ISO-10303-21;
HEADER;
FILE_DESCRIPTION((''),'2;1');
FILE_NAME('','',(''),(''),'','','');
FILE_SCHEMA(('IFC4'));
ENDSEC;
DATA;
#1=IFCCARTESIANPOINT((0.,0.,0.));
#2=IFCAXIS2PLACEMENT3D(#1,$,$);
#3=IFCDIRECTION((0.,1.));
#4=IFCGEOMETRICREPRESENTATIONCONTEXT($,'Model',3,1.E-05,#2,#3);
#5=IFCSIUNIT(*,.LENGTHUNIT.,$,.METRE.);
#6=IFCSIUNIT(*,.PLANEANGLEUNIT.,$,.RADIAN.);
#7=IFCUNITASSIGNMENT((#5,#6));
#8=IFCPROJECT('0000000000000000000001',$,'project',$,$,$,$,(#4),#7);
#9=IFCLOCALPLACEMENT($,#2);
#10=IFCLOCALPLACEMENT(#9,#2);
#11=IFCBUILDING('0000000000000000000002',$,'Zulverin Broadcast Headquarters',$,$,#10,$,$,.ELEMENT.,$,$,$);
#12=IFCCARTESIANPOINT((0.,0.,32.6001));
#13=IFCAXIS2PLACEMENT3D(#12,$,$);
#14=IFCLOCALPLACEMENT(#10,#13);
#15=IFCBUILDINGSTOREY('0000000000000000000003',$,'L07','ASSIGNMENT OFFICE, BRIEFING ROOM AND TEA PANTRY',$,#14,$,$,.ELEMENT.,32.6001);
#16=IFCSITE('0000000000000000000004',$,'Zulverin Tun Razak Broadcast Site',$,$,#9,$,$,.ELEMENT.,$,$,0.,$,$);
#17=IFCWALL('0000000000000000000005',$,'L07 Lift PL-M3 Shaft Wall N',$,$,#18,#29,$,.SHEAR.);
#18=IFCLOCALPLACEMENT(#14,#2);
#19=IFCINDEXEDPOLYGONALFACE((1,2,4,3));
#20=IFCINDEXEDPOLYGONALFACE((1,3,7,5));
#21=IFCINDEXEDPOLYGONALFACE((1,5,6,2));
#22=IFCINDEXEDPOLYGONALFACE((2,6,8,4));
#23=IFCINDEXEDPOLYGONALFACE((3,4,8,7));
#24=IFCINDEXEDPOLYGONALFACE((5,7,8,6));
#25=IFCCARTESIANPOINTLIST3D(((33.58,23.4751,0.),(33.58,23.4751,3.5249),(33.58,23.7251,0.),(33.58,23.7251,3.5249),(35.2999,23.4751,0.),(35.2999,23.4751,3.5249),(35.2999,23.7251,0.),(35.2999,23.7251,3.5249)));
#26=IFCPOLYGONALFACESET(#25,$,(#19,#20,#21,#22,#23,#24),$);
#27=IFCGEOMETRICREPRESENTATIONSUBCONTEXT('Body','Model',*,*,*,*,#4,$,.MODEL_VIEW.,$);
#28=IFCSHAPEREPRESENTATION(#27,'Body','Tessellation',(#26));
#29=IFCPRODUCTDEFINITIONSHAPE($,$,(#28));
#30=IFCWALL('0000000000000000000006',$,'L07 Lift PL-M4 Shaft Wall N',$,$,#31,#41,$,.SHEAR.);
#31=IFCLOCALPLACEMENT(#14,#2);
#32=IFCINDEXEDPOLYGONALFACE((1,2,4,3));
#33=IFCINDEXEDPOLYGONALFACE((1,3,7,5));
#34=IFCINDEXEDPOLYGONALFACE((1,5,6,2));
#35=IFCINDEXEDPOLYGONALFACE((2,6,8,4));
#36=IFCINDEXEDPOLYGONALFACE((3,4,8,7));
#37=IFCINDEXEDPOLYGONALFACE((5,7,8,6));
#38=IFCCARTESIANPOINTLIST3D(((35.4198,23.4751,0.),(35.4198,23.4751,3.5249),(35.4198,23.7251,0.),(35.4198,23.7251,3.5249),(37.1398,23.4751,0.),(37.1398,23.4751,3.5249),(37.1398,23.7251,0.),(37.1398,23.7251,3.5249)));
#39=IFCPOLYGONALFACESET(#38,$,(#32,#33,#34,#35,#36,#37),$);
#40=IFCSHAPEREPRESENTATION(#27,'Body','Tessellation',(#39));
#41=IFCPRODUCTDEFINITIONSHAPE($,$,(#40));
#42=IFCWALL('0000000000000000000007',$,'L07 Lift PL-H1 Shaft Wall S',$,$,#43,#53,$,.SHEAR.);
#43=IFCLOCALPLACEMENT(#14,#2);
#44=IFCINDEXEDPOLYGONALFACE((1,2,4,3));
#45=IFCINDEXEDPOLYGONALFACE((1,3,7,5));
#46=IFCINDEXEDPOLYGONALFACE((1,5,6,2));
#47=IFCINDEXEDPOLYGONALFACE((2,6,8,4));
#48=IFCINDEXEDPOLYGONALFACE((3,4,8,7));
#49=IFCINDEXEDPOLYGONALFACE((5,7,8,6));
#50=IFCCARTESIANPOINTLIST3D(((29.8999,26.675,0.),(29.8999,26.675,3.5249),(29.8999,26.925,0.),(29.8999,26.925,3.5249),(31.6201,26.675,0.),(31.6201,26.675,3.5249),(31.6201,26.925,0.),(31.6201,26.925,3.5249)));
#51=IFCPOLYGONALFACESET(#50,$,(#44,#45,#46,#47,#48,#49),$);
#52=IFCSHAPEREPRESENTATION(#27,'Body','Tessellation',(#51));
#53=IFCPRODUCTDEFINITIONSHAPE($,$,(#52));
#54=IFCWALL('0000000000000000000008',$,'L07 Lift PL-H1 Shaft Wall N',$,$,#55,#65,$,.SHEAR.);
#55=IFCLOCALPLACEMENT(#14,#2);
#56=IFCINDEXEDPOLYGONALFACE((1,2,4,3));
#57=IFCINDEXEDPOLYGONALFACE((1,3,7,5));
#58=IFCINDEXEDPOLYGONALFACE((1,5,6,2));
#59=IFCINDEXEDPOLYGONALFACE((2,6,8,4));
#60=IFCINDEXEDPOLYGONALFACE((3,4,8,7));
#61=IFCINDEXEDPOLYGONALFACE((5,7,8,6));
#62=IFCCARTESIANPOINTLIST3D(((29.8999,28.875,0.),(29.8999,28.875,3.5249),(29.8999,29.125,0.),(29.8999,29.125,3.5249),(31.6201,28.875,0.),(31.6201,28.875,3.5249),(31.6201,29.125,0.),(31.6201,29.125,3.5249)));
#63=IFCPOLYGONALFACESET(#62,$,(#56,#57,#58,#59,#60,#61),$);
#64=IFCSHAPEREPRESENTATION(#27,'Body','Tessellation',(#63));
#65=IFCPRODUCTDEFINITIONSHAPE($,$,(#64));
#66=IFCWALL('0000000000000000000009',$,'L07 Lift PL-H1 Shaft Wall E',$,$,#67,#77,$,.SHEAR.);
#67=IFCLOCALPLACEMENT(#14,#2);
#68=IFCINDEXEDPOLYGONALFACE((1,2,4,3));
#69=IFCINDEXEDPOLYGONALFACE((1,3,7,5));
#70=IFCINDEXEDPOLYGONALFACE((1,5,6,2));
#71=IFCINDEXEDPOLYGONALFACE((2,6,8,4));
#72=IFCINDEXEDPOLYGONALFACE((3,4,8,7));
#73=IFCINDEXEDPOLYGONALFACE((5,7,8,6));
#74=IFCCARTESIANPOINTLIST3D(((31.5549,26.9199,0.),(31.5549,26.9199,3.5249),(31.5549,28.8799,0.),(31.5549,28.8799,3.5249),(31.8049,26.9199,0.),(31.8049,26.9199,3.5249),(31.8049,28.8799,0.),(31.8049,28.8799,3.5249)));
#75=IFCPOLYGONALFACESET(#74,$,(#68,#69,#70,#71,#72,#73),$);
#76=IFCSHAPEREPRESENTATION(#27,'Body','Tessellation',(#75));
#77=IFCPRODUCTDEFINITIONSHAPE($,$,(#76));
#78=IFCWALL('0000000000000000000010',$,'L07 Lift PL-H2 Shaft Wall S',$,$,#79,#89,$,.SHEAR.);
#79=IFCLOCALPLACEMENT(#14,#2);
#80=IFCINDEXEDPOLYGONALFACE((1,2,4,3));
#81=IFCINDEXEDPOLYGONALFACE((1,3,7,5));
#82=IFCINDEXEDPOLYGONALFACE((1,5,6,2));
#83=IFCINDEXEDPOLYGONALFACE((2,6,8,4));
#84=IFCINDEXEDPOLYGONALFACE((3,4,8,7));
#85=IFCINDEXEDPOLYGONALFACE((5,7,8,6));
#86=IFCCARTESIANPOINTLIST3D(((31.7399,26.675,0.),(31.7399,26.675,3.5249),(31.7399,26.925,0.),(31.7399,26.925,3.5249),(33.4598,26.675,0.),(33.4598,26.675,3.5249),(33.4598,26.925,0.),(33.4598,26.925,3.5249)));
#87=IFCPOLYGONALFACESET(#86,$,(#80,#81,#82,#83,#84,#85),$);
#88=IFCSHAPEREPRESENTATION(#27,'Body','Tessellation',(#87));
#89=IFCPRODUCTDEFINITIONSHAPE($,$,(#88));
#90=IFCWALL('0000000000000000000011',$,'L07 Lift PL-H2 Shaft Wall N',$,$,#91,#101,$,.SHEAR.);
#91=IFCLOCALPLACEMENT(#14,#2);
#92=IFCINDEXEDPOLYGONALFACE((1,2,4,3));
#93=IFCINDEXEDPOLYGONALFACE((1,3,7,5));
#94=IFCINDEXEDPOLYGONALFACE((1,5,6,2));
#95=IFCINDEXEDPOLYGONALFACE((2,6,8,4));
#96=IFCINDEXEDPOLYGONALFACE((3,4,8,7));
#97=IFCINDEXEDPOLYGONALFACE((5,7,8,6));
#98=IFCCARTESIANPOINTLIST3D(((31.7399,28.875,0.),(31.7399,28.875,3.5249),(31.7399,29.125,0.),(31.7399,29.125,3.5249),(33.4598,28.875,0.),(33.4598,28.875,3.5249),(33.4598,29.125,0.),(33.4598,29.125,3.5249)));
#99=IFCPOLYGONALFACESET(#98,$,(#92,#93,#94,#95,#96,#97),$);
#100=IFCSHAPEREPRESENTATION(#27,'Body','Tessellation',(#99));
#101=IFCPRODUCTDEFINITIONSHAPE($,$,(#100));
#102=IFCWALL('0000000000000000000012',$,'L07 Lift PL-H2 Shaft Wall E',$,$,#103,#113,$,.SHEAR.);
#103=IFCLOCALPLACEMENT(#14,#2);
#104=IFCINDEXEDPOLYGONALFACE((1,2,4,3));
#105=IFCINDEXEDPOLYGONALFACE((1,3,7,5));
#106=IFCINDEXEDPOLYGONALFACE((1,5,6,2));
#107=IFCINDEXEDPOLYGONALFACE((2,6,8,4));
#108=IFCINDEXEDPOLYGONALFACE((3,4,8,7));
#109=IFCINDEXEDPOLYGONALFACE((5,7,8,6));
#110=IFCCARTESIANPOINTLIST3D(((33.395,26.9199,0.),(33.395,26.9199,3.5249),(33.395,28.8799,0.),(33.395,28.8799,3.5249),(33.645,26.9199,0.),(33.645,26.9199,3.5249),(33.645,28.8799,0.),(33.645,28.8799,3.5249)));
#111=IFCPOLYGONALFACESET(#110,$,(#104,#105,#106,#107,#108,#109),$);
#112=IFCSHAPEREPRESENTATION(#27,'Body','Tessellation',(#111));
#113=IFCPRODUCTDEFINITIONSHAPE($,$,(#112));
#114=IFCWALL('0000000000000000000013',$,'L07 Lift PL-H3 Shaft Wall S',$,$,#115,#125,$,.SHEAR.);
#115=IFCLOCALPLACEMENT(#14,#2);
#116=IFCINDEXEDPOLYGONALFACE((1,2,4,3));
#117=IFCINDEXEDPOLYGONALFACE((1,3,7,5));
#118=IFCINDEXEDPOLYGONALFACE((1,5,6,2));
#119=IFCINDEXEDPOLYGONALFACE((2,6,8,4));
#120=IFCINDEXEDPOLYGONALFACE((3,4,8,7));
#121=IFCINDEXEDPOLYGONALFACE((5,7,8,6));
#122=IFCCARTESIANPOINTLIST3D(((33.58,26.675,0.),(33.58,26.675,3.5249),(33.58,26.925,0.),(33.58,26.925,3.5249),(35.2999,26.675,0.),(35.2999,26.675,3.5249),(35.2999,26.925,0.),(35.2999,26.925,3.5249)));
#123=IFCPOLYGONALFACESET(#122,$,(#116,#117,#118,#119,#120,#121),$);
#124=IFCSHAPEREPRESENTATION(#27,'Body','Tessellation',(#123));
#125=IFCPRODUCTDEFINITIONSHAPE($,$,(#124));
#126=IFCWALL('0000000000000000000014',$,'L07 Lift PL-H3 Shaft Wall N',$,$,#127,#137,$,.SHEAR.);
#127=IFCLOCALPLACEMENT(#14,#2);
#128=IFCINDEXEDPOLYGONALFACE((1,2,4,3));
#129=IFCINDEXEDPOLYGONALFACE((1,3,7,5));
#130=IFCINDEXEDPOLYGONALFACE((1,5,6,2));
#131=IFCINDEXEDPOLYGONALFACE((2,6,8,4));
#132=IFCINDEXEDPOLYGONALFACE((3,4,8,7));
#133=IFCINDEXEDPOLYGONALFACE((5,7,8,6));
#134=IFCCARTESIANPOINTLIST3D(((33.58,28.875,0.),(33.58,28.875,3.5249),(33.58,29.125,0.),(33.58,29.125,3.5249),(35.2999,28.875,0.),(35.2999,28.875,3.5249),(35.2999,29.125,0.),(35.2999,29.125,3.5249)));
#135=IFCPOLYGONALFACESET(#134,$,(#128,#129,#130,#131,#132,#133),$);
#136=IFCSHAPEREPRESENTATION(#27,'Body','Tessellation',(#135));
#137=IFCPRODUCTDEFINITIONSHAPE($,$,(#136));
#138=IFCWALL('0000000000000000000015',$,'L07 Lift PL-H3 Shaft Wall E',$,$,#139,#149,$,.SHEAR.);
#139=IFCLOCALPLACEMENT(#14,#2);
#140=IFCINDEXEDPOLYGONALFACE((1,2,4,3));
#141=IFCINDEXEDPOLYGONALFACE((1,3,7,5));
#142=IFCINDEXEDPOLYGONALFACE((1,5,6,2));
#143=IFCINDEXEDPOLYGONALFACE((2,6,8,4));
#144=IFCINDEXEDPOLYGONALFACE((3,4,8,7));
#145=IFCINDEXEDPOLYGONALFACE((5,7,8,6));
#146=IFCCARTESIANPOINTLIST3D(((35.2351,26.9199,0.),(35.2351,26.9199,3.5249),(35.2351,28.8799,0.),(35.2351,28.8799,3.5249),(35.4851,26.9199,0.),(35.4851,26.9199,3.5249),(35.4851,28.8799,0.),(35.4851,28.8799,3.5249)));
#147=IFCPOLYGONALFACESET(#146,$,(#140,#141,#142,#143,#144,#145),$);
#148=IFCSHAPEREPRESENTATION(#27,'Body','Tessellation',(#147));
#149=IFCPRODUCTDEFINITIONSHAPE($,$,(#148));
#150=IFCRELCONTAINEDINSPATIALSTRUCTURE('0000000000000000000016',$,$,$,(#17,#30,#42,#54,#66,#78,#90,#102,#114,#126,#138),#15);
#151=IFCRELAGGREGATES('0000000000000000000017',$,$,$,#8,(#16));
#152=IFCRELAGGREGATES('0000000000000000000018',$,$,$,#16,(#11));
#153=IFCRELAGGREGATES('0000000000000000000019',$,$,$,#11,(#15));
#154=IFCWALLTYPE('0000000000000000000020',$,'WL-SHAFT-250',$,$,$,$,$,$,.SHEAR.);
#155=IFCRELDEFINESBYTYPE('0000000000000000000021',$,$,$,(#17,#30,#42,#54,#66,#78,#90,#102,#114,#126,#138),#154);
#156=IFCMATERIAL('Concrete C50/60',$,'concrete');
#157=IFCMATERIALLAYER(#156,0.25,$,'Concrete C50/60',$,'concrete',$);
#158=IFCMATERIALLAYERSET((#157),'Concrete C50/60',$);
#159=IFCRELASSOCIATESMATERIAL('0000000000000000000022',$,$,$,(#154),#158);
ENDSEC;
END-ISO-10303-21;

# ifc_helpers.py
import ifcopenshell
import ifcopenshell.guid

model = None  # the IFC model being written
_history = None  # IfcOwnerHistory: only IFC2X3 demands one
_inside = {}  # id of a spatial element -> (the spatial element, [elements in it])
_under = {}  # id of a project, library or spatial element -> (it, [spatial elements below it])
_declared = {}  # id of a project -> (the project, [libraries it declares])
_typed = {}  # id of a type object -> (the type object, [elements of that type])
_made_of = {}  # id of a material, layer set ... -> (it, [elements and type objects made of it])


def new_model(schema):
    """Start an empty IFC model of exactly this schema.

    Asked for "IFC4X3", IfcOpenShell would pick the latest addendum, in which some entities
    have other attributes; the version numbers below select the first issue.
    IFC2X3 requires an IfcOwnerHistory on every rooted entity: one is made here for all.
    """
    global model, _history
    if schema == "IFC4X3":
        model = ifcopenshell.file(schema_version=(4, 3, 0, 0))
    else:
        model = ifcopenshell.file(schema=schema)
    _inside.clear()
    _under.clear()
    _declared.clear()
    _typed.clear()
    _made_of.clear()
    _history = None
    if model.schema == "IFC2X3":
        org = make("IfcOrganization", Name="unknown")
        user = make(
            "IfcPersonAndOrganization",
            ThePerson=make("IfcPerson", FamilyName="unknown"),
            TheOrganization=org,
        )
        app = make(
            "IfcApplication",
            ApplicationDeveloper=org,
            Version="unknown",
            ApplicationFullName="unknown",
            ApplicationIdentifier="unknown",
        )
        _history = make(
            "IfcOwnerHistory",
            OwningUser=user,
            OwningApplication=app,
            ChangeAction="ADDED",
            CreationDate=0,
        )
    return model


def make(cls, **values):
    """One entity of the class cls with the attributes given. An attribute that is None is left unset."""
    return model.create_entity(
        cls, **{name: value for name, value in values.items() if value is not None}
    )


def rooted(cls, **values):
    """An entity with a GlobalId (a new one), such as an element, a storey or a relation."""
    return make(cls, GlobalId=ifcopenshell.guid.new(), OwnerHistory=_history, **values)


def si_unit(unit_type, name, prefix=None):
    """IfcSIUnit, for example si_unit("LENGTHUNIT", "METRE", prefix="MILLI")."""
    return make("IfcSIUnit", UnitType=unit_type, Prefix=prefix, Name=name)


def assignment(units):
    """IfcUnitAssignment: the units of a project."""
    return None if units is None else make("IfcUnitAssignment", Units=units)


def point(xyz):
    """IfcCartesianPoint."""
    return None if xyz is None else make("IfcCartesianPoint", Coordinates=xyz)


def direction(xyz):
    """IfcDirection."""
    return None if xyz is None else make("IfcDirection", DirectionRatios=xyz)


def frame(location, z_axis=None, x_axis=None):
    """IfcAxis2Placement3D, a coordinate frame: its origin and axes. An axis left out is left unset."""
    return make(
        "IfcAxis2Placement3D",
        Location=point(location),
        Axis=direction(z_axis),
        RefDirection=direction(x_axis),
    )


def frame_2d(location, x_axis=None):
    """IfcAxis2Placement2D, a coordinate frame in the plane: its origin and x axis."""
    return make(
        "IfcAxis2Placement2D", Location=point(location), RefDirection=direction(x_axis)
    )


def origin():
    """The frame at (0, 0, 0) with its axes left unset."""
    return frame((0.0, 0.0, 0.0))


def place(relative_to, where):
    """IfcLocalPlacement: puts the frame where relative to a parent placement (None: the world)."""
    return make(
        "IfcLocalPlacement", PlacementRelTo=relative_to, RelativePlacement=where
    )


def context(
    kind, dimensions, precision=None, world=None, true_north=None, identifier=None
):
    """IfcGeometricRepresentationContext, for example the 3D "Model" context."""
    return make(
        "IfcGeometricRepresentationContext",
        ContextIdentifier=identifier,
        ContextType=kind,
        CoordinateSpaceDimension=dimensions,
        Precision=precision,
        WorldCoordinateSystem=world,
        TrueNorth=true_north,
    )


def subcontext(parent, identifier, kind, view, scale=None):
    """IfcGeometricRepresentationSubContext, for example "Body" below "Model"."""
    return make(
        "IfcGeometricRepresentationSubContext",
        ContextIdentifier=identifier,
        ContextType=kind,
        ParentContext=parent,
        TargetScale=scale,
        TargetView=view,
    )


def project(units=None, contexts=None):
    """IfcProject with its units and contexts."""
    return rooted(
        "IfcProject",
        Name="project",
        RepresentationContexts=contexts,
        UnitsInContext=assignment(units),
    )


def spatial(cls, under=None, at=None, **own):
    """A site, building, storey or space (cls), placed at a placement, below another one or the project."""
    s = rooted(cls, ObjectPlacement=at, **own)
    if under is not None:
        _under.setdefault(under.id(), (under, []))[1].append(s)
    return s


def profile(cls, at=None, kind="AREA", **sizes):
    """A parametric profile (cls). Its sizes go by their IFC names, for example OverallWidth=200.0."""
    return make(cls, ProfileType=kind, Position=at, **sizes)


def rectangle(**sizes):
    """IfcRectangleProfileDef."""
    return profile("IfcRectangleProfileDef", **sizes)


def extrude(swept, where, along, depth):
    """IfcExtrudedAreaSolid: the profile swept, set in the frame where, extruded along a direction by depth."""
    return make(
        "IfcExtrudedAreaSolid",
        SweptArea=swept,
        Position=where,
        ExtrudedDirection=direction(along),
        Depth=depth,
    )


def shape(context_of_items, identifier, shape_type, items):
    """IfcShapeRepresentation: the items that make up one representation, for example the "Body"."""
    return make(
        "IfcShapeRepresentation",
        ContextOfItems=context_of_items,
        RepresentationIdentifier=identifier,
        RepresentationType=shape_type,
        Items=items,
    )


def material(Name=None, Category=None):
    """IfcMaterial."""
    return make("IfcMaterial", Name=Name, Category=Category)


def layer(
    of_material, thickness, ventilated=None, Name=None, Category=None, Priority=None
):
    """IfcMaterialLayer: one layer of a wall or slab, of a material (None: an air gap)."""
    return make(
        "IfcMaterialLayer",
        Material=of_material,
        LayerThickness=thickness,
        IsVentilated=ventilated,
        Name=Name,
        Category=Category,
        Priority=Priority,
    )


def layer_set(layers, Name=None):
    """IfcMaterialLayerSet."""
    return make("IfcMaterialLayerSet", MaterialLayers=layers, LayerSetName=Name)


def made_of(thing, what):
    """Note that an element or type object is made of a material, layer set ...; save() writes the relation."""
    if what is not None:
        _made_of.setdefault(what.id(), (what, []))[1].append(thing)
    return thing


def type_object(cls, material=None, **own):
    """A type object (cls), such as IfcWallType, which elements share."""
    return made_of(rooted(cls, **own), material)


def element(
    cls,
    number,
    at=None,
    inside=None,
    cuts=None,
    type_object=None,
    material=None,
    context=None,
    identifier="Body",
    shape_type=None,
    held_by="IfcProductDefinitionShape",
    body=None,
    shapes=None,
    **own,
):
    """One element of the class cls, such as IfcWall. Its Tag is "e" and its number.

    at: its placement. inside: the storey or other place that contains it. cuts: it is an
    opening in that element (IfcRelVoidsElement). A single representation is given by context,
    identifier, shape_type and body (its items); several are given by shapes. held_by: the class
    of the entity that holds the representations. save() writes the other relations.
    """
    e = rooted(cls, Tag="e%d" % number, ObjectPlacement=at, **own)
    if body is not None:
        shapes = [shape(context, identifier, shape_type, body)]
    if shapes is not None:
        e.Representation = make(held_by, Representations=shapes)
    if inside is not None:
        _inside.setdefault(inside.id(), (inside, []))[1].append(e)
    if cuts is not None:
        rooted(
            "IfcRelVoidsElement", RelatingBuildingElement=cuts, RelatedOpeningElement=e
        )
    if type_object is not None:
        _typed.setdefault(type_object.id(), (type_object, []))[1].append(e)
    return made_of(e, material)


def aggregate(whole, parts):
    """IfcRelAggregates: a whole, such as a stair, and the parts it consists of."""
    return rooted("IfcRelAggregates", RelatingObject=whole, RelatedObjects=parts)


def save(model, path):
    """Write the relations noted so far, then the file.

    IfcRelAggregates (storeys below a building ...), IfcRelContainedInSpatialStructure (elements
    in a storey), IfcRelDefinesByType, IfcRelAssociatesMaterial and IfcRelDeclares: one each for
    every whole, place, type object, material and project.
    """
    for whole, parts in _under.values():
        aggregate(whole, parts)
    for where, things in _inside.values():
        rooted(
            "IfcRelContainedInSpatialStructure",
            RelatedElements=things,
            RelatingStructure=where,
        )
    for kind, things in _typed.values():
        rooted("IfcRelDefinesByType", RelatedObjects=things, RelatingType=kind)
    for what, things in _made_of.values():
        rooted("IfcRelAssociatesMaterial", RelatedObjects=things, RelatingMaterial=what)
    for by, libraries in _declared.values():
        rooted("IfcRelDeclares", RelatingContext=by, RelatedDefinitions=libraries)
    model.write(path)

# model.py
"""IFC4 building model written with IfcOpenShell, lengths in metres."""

from ifc_helpers import new_model, si_unit, direction, frame, frame_2d, origin, place, context, subcontext, project, spatial, rectangle, extrude, material, layer, layer_set, type_object, element, save


model = new_model("IFC4")

# Units and contexts
model_context = context("Model", 3, precision=1e-05, world=origin(), true_north=direction((0.0, 1.0)))
body_context = subcontext(model_context, "Body", "Model", "MODEL_VIEW")
ifc_project = project(units=[si_unit("LENGTHUNIT", "METRE"), si_unit("PLANEANGLEUNIT", "RADIAN")], contexts=[model_context])

# Site, building, storey
site_placement = place(None, origin())
site = spatial("IfcSite", under=ifc_project, at=site_placement, Name="Zulverin Tun Razak Broadcast Site", CompositionType="ELEMENT", RefElevation=0.0)
building_placement = place(site_placement, origin())
building = spatial("IfcBuilding", under=site, at=building_placement, Name="Zulverin Broadcast Headquarters", CompositionType="ELEMENT")
storey_placement = place(building_placement, frame((0.0, 0.0, 32.6001)))
storey = spatial("IfcBuildingStorey", under=building, at=storey_placement, Name="L07", Description="ASSIGNMENT OFFICE, BRIEFING ROOM AND TEA PANTRY", CompositionType="ELEMENT", Elevation=32.6001)

# Walls
ifc_material_1 = material(Name="Concrete C50/60", Category="concrete")
ifc_layer_1 = layer(ifc_material_1, 0.25, Name="Concrete C50/60", Category="concrete")
ifc_layer_set_1 = layer_set([ifc_layer_1], Name="Concrete C50/60")
wall_type_1 = type_object("IfcWallType", Name="WL-SHAFT-250", PredefinedType="SHEAR", material=ifc_layer_set_1)
for number, where, z_axis, x_axis, name in (
    (1, (33.5801, 23.6001, 0.0), (0.0, 0.0, 1.0), (1.0, 0.0, 0.0), "L07 Lift PL-M3 Shaft Wall N"),
    (2, (35.4199, 23.6001, 0.0), (0.0, 0.0, 1.0), (1.0, 0.0, 0.0), "L07 Lift PL-M4 Shaft Wall N"),
):
    element("IfcWall", number, at=place(storey_placement, frame(where, z_axis=z_axis, x_axis=x_axis)), inside=storey, type_object=wall_type_1, Name=name, PredefinedType="SHEAR", context=body_context, shape_type="SweptSolid", body=[
        extrude(rectangle(XDim=1.72, YDim=0.25, at=frame_2d((0.8599, 0.0))), origin(), (0.0, 0.0, 1.0), 3.5249),
    ])
for number, where, z_axis, x_axis, name in (
    (3, (29.8999, 26.8, 0.0), (0.0, 0.0, 1.0), (1.0, 0.0, 0.0), "L07 Lift PL-H1 Shaft Wall S"),
    (4, (29.8999, 29.0, 0.0), (0.0, 0.0, 1.0), (1.0, 0.0, 0.0), "L07 Lift PL-H1 Shaft Wall N"),
):
    element("IfcWall", number, at=place(storey_placement, frame(where, z_axis=z_axis, x_axis=x_axis)), inside=storey, type_object=wall_type_1, Name=name, PredefinedType="SHEAR", context=body_context, shape_type="SweptSolid", body=[
        extrude(rectangle(XDim=1.7202, YDim=0.25, at=frame_2d((0.8601, 0.0))), origin(), (0.0, 0.0, 1.0), 3.5249),
    ])
wall_1_placement = place(storey_placement, frame((31.6799, 26.9199, 0.0), z_axis=(0.0, 0.0, 1.0), x_axis=(0.0, 1.0, 0.0)))
element("IfcWall", 5, at=wall_1_placement, inside=storey, type_object=wall_type_1, Name="L07 Lift PL-H1 Shaft Wall E", PredefinedType="SHEAR", context=body_context, shape_type="SweptSolid", body=[
    extrude(rectangle(XDim=1.96, YDim=0.25, at=frame_2d((0.98, 0.0))), origin(), (0.0, 0.0, 1.0), 3.5249),
])
for number, where, z_axis, x_axis, name in (
    (6, (31.74, 26.8, 0.0), (0.0, 0.0, 1.0), (1.0, 0.0, 0.0), "L07 Lift PL-H2 Shaft Wall S"),
    (7, (31.74, 29.0, 0.0), (0.0, 0.0, 1.0), (1.0, 0.0, 0.0), "L07 Lift PL-H2 Shaft Wall N"),
):
    element("IfcWall", number, at=place(storey_placement, frame(where, z_axis=z_axis, x_axis=x_axis)), inside=storey, type_object=wall_type_1, Name=name, PredefinedType="SHEAR", context=body_context, shape_type="SweptSolid", body=[
        extrude(rectangle(XDim=1.72, YDim=0.25, at=frame_2d((0.8599, 0.0))), origin(), (0.0, 0.0, 1.0), 3.5249),
    ])
wall_2_placement = place(storey_placement, frame((33.52, 26.9199, 0.0), z_axis=(0.0, 0.0, 1.0), x_axis=(0.0, 1.0, 0.0)))
element("IfcWall", 8, at=wall_2_placement, inside=storey, type_object=wall_type_1, Name="L07 Lift PL-H2 Shaft Wall E", PredefinedType="SHEAR", context=body_context, shape_type="SweptSolid", body=[
    extrude(rectangle(XDim=1.96, YDim=0.25, at=frame_2d((0.98, 0.0))), origin(), (0.0, 0.0, 1.0), 3.5249),
])
for number, where, z_axis, x_axis, name in (
    (9, (33.5801, 26.8, 0.0), (0.0, 0.0, 1.0), (1.0, 0.0, 0.0), "L07 Lift PL-H3 Shaft Wall S"),
    (10, (33.5801, 29.0, 0.0), (0.0, 0.0, 1.0), (1.0, 0.0, 0.0), "L07 Lift PL-H3 Shaft Wall N"),
):
    element("IfcWall", number, at=place(storey_placement, frame(where, z_axis=z_axis, x_axis=x_axis)), inside=storey, type_object=wall_type_1, Name=name, PredefinedType="SHEAR", context=body_context, shape_type="SweptSolid", body=[
        extrude(rectangle(XDim=1.72, YDim=0.25, at=frame_2d((0.8599, 0.0))), origin(), (0.0, 0.0, 1.0), 3.5249),
    ])
wall_3_placement = place(storey_placement, frame((35.3601, 26.9199, 0.0), z_axis=(0.0, 0.0, 1.0), x_axis=(0.0, 1.0, 0.0)))
element("IfcWall", 11, at=wall_3_placement, inside=storey, type_object=wall_type_1, Name="L07 Lift PL-H3 Shaft Wall E", PredefinedType="SHEAR", context=body_context, shape_type="SweptSolid", body=[
    extrude(rectangle(XDim=1.96, YDim=0.25, at=frame_2d((0.98, 0.0))), origin(), (0.0, 0.0, 1.0), 3.5249),
])

save(model, "model.ifc")
